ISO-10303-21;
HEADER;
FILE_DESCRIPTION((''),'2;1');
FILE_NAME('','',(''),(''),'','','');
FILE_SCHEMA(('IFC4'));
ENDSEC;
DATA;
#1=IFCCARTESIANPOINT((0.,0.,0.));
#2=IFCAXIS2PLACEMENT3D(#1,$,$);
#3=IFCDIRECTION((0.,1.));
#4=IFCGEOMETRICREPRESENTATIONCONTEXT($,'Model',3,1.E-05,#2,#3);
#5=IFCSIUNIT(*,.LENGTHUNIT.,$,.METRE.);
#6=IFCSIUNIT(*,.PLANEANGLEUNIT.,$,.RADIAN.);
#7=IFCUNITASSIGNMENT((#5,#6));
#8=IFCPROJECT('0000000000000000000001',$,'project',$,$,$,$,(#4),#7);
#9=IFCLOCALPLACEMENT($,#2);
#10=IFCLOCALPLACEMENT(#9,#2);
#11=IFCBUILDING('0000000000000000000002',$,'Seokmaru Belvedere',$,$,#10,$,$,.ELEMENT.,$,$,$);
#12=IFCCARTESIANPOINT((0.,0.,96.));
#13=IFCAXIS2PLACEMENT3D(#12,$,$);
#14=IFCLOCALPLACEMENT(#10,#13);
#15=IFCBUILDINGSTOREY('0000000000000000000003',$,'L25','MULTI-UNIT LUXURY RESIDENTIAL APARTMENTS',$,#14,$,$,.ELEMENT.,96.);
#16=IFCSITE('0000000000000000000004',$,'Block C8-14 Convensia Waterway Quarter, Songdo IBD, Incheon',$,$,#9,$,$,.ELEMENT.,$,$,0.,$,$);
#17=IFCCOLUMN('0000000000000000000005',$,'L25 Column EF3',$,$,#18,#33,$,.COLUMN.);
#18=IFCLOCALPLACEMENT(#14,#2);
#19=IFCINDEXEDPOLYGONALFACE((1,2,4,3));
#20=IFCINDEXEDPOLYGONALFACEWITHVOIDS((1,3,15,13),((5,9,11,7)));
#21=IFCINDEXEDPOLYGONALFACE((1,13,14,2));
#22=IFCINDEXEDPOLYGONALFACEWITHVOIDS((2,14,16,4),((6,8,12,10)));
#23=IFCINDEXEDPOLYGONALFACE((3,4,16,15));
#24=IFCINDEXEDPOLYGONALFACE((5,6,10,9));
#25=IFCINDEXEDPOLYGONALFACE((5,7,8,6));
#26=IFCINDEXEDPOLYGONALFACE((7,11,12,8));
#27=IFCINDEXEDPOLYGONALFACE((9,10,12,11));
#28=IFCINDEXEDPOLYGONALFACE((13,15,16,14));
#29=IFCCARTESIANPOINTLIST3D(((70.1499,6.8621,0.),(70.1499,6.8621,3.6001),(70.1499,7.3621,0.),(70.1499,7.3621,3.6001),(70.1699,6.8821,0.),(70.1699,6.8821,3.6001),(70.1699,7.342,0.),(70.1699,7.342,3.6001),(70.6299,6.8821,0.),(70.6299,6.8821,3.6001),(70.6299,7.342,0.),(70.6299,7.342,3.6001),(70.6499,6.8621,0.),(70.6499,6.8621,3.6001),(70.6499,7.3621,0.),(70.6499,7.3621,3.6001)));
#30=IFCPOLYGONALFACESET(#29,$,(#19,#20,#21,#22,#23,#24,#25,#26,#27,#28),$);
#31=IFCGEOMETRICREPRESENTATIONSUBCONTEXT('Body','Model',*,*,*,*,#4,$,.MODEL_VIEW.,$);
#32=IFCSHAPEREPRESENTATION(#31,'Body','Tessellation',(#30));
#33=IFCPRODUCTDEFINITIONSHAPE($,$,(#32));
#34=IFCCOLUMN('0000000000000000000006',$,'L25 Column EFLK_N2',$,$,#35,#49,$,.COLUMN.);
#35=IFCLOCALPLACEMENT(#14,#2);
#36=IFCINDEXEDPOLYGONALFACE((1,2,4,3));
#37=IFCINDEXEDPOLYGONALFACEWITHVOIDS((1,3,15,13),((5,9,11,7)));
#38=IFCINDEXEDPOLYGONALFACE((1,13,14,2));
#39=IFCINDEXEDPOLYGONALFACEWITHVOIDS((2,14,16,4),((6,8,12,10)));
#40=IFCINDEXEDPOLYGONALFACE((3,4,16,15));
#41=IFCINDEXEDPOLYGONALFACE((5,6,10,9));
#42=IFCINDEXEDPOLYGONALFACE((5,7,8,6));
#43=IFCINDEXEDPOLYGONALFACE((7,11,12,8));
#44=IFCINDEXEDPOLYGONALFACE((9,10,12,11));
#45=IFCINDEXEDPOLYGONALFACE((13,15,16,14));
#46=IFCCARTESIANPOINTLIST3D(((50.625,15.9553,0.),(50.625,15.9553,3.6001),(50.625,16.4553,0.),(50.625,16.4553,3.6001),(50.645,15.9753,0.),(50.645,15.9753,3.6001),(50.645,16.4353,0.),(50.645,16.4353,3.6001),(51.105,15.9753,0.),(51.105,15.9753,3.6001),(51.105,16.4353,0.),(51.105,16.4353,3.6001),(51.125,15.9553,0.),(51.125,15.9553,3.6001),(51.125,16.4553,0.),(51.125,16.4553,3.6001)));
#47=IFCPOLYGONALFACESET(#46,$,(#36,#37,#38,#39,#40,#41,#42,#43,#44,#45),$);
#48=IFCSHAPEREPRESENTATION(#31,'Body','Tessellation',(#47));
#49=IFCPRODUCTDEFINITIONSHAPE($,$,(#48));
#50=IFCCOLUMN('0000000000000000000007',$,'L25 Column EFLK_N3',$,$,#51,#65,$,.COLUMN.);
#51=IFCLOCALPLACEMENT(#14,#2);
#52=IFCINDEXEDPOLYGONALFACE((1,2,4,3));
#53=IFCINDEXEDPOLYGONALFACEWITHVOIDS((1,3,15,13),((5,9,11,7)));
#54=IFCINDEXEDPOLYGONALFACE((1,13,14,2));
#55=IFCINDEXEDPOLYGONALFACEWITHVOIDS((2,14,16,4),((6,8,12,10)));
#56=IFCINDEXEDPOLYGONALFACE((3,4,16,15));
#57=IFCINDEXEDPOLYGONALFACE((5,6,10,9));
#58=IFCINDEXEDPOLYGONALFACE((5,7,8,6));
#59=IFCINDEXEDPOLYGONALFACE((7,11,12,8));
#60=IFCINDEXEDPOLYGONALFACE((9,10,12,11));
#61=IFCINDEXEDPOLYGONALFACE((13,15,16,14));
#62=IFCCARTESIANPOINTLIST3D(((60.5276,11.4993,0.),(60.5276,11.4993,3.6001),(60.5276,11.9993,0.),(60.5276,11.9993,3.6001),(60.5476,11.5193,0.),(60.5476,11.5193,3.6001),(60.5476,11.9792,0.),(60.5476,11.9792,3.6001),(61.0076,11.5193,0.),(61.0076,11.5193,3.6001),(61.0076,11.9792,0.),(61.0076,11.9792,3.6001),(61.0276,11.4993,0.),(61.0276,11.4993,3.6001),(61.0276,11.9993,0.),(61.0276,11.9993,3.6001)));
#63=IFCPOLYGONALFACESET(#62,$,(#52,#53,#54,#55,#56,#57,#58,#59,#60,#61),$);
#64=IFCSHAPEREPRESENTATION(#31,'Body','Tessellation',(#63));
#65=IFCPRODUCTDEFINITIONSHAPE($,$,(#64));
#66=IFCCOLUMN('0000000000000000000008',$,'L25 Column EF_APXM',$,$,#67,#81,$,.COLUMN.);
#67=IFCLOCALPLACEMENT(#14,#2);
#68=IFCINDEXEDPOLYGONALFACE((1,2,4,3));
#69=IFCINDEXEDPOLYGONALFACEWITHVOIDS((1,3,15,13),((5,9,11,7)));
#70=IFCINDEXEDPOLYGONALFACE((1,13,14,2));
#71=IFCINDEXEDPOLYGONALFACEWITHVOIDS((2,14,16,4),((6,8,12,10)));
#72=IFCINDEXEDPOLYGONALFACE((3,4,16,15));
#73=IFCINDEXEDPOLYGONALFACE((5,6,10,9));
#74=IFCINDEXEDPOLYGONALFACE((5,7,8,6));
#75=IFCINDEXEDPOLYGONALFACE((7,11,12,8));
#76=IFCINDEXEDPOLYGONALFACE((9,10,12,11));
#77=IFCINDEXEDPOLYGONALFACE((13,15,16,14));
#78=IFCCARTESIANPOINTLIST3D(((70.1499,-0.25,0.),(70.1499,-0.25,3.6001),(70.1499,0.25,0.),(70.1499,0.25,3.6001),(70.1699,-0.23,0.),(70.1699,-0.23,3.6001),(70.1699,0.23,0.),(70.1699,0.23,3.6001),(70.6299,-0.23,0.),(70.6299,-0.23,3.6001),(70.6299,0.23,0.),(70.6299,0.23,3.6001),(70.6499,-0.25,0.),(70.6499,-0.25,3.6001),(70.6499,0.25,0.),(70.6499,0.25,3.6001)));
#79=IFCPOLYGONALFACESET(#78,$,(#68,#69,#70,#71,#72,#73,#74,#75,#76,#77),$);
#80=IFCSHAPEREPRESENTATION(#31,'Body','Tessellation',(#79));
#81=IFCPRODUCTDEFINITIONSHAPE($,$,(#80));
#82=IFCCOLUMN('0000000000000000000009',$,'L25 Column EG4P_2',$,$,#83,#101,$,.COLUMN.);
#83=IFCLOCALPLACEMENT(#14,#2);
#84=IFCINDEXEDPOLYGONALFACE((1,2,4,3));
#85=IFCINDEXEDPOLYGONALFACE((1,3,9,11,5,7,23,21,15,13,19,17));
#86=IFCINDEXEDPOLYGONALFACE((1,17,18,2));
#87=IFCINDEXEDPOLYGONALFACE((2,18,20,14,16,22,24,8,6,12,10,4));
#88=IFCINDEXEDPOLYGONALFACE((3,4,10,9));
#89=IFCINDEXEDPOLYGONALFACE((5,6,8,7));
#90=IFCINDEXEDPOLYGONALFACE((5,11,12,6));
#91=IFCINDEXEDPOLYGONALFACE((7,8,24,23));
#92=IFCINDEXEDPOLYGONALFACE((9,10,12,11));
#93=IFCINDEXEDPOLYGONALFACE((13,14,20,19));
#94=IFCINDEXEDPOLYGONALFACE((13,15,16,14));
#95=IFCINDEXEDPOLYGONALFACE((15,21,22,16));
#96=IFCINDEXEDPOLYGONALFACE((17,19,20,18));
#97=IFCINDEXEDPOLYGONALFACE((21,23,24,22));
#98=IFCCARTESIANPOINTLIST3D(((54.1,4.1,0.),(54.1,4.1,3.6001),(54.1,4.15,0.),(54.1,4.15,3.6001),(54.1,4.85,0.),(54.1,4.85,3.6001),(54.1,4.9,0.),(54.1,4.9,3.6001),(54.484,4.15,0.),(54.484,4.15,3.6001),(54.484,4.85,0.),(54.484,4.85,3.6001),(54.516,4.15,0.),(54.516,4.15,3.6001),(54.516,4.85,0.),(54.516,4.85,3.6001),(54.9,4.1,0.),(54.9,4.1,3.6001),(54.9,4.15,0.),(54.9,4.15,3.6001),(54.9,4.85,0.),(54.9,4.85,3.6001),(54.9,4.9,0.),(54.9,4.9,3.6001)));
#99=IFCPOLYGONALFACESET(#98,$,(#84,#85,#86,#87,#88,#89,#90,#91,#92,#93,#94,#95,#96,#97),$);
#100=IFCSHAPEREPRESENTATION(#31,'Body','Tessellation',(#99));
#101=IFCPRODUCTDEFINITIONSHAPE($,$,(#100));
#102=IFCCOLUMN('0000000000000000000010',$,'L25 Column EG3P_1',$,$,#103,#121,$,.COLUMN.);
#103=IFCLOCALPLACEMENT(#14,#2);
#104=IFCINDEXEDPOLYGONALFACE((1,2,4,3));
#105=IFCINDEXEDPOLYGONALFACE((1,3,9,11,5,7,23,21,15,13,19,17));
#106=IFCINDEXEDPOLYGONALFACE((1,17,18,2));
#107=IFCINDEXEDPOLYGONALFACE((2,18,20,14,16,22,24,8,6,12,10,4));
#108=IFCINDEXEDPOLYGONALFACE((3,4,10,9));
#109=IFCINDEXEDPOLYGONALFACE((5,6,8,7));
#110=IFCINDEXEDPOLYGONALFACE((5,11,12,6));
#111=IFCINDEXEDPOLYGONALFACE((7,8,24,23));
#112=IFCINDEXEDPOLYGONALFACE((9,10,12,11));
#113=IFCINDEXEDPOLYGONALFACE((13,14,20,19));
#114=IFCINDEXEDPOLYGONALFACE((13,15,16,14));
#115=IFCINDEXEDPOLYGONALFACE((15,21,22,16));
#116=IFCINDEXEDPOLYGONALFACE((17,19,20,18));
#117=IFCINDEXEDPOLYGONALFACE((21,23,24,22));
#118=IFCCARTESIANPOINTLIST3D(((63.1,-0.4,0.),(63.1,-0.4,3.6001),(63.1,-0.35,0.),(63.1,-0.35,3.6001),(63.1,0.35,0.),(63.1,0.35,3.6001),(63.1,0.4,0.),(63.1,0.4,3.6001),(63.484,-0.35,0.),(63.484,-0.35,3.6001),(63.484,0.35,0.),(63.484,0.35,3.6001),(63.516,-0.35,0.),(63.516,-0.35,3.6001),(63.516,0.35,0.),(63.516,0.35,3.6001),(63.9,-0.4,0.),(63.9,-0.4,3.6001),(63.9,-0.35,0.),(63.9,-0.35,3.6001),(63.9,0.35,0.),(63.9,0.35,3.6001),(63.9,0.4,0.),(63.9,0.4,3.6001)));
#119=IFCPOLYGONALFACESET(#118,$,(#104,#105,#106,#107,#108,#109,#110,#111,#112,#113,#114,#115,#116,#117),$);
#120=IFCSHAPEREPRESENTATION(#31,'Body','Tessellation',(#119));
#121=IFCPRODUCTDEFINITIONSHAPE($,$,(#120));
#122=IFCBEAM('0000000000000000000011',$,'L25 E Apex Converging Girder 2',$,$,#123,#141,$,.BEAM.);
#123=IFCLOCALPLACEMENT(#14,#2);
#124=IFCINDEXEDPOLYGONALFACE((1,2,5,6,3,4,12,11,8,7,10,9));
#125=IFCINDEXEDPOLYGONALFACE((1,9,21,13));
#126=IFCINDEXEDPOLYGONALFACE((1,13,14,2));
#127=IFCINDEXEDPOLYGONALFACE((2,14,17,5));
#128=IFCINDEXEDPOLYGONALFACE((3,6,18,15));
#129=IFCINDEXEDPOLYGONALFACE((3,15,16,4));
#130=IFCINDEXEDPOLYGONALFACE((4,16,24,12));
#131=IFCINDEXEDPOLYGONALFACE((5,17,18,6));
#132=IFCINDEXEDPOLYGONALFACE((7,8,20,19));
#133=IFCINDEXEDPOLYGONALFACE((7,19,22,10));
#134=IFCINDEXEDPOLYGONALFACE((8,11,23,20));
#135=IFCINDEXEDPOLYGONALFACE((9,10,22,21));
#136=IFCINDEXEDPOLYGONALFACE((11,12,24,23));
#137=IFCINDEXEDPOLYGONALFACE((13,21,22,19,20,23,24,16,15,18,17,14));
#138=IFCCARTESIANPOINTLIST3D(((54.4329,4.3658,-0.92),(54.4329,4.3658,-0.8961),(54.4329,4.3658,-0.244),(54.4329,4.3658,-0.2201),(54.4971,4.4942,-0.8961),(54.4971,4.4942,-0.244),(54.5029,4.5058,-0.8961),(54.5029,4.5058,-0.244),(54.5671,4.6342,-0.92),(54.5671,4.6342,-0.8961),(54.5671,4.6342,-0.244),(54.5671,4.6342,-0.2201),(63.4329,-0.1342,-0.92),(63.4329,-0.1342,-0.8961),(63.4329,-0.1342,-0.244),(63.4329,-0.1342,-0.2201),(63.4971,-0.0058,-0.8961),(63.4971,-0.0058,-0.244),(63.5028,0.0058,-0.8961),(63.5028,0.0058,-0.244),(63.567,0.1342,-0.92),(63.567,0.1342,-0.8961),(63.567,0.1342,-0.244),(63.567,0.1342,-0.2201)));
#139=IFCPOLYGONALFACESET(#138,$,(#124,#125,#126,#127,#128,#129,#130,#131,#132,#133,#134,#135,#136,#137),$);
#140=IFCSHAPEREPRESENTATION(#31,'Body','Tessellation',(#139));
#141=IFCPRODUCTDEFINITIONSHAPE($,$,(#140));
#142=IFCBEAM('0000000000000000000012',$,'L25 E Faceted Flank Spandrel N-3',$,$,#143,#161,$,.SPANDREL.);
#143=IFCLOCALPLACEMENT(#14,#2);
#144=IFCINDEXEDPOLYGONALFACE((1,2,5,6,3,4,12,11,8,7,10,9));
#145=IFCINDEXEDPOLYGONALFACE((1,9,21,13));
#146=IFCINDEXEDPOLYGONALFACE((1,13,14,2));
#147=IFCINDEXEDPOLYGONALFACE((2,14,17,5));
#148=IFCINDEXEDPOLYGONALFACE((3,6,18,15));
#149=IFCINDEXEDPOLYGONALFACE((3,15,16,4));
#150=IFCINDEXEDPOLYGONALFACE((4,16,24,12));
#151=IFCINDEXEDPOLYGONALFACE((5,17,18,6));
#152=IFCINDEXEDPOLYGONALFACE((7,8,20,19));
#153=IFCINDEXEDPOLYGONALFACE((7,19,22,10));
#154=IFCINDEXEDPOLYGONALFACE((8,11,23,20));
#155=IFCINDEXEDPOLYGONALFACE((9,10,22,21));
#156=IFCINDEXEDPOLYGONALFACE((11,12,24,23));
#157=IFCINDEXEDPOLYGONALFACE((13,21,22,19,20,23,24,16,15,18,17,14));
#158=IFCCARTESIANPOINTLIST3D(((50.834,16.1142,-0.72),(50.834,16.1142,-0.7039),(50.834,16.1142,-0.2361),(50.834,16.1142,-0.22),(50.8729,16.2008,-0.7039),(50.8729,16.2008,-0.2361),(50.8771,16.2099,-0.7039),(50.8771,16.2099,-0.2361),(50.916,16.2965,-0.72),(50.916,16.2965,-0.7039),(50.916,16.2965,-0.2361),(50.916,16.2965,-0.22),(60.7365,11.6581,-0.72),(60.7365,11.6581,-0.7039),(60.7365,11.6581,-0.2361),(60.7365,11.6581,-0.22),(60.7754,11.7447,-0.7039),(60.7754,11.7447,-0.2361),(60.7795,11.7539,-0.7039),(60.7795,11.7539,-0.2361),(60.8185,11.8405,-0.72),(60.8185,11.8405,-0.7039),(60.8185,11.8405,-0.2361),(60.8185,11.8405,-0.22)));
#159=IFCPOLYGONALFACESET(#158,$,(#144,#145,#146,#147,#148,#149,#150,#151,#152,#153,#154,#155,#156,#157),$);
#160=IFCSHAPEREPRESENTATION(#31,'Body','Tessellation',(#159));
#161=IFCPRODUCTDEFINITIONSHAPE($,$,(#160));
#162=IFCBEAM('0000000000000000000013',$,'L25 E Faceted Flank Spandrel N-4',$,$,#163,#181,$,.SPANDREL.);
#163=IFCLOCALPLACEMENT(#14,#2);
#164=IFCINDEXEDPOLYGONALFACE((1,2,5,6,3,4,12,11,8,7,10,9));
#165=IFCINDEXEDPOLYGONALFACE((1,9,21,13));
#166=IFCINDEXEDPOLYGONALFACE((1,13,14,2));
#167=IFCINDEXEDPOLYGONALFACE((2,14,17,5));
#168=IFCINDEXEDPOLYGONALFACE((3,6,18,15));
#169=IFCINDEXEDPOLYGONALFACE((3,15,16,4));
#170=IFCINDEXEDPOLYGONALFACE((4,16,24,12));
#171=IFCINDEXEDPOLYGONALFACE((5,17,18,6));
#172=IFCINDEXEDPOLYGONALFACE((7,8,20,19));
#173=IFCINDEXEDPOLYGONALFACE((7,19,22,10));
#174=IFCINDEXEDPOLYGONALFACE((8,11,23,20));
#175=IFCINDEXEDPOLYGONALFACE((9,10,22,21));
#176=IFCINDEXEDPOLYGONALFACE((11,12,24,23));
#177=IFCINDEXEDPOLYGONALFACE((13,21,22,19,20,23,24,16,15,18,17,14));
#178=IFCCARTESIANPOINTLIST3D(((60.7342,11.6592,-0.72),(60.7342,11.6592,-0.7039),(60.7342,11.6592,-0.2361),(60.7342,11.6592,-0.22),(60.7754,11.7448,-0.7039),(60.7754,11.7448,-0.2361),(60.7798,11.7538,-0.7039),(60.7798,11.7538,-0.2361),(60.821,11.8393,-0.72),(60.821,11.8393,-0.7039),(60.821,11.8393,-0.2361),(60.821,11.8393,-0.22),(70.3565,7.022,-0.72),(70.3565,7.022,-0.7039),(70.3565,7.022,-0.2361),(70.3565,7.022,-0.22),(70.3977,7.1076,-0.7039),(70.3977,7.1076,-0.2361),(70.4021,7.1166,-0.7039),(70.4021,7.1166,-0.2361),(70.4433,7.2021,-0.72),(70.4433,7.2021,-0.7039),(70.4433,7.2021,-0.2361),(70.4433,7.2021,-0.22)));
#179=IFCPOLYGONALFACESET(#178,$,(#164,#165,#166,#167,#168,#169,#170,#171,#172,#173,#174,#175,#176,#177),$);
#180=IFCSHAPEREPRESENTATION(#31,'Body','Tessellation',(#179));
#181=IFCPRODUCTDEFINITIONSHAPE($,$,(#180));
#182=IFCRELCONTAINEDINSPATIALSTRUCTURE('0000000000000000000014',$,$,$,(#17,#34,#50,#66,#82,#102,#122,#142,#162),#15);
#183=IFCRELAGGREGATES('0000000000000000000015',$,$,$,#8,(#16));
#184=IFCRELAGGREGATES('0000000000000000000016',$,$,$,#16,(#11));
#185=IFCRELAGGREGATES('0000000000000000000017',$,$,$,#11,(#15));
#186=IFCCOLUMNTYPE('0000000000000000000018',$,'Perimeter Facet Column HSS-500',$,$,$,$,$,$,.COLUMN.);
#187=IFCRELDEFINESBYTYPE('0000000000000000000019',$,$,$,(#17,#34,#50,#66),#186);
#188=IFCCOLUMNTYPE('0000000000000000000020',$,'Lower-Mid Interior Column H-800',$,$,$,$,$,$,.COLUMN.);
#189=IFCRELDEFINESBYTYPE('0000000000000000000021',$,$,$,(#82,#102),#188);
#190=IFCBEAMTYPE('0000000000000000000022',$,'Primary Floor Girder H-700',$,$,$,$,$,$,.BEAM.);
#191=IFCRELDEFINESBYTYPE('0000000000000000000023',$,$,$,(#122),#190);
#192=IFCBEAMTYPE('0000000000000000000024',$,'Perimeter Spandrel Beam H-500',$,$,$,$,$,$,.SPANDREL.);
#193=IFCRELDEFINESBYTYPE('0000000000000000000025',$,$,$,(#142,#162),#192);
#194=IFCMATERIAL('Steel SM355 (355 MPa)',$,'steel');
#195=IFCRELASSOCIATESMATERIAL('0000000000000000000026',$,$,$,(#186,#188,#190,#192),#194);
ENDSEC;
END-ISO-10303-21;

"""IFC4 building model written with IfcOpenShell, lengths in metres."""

from ifc_helpers import new_model, si_unit, direction, frame, origin, origin_2d, place, context, subcontext, project, spatial, hollow_rectangle, i_section, extrude, source, transform, mapped, material, material_profile, profile_set, type_object, type_shapes, element, save


model = new_model("IFC4")

# Units and contexts
model_context = context("Model", 3, precision=1e-05, world=origin(), true_north=direction((0.0, 1.0)))
body_context = subcontext(model_context, "Body", "Model", "MODEL_VIEW")
ifc_project = project(units=[si_unit("LENGTHUNIT", "METRE"), si_unit("PLANEANGLEUNIT", "RADIAN")], contexts=[model_context])

# Site, building, storey
site_placement = place(None, origin())
site = spatial("IfcSite", under=ifc_project, at=site_placement, Name="Block C8-14 Convensia Waterway Quarter, Songdo IBD, Incheon", CompositionType="ELEMENT", RefElevation=0.0)
building_placement = place(site_placement, origin())
building = spatial("IfcBuilding", under=site, at=building_placement, Name="Seokmaru Belvedere", CompositionType="ELEMENT")
storey_placement = place(building_placement, frame((0.0, 0.0, 96.0)))
storey = spatial("IfcBuildingStorey", under=building, at=storey_placement, Name="L25", Description="MULTI-UNIT LUXURY RESIDENTIAL APARTMENTS", CompositionType="ELEMENT", Elevation=96.0)

# Columns
ifc_material_1 = material(Name="Steel SM355 (355 MPa)", Category="steel")
ifc_material_profile_1 = material_profile(ifc_material_1, hollow_rectangle(XDim=0.5, YDim=0.5, WallThickness=0.02, at=origin_2d()), Name="HSS-500x500x20")
ifc_profile_set_1 = profile_set([ifc_material_profile_1], Name="Steel SM355 (355 MPa)")
column_type_1 = type_object("IfcColumnType", Name="Perimeter Facet Column HSS-500", PredefinedType="COLUMN", material=ifc_profile_set_1)
shared_shape_1 = source(origin(), body_context, "Body", "SweptSolid", [
    extrude(hollow_rectangle(XDim=0.5, YDim=0.5, WallThickness=0.02, at=origin_2d()), origin(), (0.0, 0.0, 1.0), 3.6001),
])
type_shapes(column_type_1, [shared_shape_1])
for number, where, z_axis, x_axis, name in (
    (1, (70.3999, 7.1121, 0.0), (0.0, 0.0, 1.0), (1.0, 0.0, 0.0), "L25 Column EF3"),
    (2, (50.875, 16.2053, 0.0), (0.0, 0.0, 1.0), (1.0, 0.0, 0.0), "L25 Column EFLK_N2"),
    (3, (60.7776, 11.7493, 0.0), (0.0, 0.0, 1.0), (1.0, 0.0, 0.0), "L25 Column EFLK_N3"),
    (4, (70.3999, 0.0, 0.0), (0.0, 0.0, 1.0), (1.0, 0.0, 0.0), "L25 Column EF_APXM"),
):
    element("IfcColumn", number, at=place(storey_placement, frame(where, z_axis=z_axis, x_axis=x_axis)), inside=storey, type_object=column_type_1, Name=name, PredefinedType="COLUMN", context=body_context, shape_type="MappedRepresentation", body=[
        mapped(shared_shape_1, transform((0.0, 0.0, 0.0), scale=1.0)),
    ])
ifc_material_profile_2 = material_profile(ifc_material_1, i_section(OverallWidth=0.8, OverallDepth=0.8, WebThickness=0.032, FlangeThickness=0.05, at=origin_2d()), Name="H-800x800x32x50")
ifc_profile_set_2 = profile_set([ifc_material_profile_2], Name="Steel SM355 (355 MPa)")
column_type_2 = type_object("IfcColumnType", Name="Lower-Mid Interior Column H-800", PredefinedType="COLUMN", material=ifc_profile_set_2)
shared_shape_2 = source(origin(), body_context, "Body", "SweptSolid", [
    extrude(i_section(OverallWidth=0.8, OverallDepth=0.8, WebThickness=0.032, FlangeThickness=0.05, at=origin_2d()), origin(), (0.0, 0.0, 1.0), 3.6001),
])
type_shapes(column_type_2, [shared_shape_2])
for number, where, z_axis, x_axis, name in (
    (5, (54.5, 4.5, 0.0), (0.0, 0.0, 1.0), (1.0, 0.0, 0.0), "L25 Column EG4P_2"),
    (6, (63.5, 0.0, 0.0), (0.0, 0.0, 1.0), (1.0, 0.0, 0.0), "L25 Column EG3P_1"),
):
    element("IfcColumn", number, at=place(storey_placement, frame(where, z_axis=z_axis, x_axis=x_axis)), inside=storey, type_object=column_type_2, Name=name, PredefinedType="COLUMN", context=body_context, shape_type="MappedRepresentation", body=[
        mapped(shared_shape_2, transform((0.0, 0.0, 0.0), scale=1.0)),
    ])

# Beams
ifc_material_profile_3 = material_profile(ifc_material_1, i_section(OverallWidth=0.3, OverallDepth=0.7, WebThickness=0.0129, FlangeThickness=0.0239, at=origin_2d()), Name="H-700x300x13x24")
ifc_profile_set_3 = profile_set([ifc_material_profile_3], Name="Steel SM355 (355 MPa)")
beam_type_1 = type_object("IfcBeamType", Name="Primary Floor Girder H-700", PredefinedType="BEAM", material=ifc_profile_set_3)
shared_shape_3 = source(origin(), body_context, "Body", "SweptSolid", [
    extrude(i_section(OverallWidth=0.3, OverallDepth=0.7, WebThickness=0.0129, FlangeThickness=0.0239, at=origin_2d()), origin(), (0.0, 0.0, 1.0), 10.0623),
])
beam_1_placement = place(storey_placement, frame((54.5, 4.5, -0.5701), z_axis=(0.894427, -0.447214, 0.0), x_axis=(0.447214, 0.894427, 0.0)))
element("IfcBeam", 7, at=beam_1_placement, inside=storey, type_object=beam_type_1, Name="L25 E Apex Converging Girder 2", PredefinedType="BEAM", context=body_context, shape_type="MappedRepresentation", body=[
    mapped(shared_shape_3, transform((0.0, 0.0, 0.0), scale=1.0)),
])
ifc_material_profile_4 = material_profile(ifc_material_1, i_section(OverallWidth=0.2, OverallDepth=0.5, WebThickness=0.01, FlangeThickness=0.0161, at=origin_2d()), Name="H-500x200x10x16")
ifc_profile_set_4 = profile_set([ifc_material_profile_4], Name="Steel SM355 (355 MPa)")
beam_type_2 = type_object("IfcBeamType", Name="Perimeter Spandrel Beam H-500", PredefinedType="SPANDREL", material=ifc_profile_set_4)
shared_shape_4 = source(origin(), body_context, "Body", "SweptSolid", [
    extrude(i_section(OverallWidth=0.2, OverallDepth=0.5, WebThickness=0.01, FlangeThickness=0.0161, at=origin_2d()), origin(), (0.0, 0.0, 1.0), 10.8589),
])
beam_2_placement = place(storey_placement, frame((50.875, 16.2053, -0.47), z_axis=(0.911925, -0.410356, 0.0), x_axis=(0.410356, 0.911925, 0.0)))
element("IfcBeam", 8, at=beam_2_placement, inside=storey, type_object=beam_type_2, Name="L25 E Faceted Flank Spandrel N-3", PredefinedType="SPANDREL", context=body_context, shape_type="MappedRepresentation", body=[
    mapped(shared_shape_4, transform((0.0, 0.0, 0.0), scale=1.0)),
])
shared_shape_5 = source(origin(), body_context, "Body", "SweptSolid", [
    extrude(i_section(OverallWidth=0.2, OverallDepth=0.5, WebThickness=0.01, FlangeThickness=0.0161, at=origin_2d()), origin(), (0.0, 0.0, 1.0), 10.6814),
])
beam_3_placement = place(storey_placement, frame((60.7776, 11.7493, -0.47), z_axis=(0.900846, -0.434138, 0.0), x_axis=(0.434138, 0.900846, 0.0)))
element("IfcBeam", 9, at=beam_3_placement, inside=storey, type_object=beam_type_2, Name="L25 E Faceted Flank Spandrel N-4", PredefinedType="SPANDREL", context=body_context, shape_type="MappedRepresentation", body=[
    mapped(shared_shape_5, transform((0.0, 0.0, 0.0), scale=1.0)),
])

save(model, "model.ifc")
